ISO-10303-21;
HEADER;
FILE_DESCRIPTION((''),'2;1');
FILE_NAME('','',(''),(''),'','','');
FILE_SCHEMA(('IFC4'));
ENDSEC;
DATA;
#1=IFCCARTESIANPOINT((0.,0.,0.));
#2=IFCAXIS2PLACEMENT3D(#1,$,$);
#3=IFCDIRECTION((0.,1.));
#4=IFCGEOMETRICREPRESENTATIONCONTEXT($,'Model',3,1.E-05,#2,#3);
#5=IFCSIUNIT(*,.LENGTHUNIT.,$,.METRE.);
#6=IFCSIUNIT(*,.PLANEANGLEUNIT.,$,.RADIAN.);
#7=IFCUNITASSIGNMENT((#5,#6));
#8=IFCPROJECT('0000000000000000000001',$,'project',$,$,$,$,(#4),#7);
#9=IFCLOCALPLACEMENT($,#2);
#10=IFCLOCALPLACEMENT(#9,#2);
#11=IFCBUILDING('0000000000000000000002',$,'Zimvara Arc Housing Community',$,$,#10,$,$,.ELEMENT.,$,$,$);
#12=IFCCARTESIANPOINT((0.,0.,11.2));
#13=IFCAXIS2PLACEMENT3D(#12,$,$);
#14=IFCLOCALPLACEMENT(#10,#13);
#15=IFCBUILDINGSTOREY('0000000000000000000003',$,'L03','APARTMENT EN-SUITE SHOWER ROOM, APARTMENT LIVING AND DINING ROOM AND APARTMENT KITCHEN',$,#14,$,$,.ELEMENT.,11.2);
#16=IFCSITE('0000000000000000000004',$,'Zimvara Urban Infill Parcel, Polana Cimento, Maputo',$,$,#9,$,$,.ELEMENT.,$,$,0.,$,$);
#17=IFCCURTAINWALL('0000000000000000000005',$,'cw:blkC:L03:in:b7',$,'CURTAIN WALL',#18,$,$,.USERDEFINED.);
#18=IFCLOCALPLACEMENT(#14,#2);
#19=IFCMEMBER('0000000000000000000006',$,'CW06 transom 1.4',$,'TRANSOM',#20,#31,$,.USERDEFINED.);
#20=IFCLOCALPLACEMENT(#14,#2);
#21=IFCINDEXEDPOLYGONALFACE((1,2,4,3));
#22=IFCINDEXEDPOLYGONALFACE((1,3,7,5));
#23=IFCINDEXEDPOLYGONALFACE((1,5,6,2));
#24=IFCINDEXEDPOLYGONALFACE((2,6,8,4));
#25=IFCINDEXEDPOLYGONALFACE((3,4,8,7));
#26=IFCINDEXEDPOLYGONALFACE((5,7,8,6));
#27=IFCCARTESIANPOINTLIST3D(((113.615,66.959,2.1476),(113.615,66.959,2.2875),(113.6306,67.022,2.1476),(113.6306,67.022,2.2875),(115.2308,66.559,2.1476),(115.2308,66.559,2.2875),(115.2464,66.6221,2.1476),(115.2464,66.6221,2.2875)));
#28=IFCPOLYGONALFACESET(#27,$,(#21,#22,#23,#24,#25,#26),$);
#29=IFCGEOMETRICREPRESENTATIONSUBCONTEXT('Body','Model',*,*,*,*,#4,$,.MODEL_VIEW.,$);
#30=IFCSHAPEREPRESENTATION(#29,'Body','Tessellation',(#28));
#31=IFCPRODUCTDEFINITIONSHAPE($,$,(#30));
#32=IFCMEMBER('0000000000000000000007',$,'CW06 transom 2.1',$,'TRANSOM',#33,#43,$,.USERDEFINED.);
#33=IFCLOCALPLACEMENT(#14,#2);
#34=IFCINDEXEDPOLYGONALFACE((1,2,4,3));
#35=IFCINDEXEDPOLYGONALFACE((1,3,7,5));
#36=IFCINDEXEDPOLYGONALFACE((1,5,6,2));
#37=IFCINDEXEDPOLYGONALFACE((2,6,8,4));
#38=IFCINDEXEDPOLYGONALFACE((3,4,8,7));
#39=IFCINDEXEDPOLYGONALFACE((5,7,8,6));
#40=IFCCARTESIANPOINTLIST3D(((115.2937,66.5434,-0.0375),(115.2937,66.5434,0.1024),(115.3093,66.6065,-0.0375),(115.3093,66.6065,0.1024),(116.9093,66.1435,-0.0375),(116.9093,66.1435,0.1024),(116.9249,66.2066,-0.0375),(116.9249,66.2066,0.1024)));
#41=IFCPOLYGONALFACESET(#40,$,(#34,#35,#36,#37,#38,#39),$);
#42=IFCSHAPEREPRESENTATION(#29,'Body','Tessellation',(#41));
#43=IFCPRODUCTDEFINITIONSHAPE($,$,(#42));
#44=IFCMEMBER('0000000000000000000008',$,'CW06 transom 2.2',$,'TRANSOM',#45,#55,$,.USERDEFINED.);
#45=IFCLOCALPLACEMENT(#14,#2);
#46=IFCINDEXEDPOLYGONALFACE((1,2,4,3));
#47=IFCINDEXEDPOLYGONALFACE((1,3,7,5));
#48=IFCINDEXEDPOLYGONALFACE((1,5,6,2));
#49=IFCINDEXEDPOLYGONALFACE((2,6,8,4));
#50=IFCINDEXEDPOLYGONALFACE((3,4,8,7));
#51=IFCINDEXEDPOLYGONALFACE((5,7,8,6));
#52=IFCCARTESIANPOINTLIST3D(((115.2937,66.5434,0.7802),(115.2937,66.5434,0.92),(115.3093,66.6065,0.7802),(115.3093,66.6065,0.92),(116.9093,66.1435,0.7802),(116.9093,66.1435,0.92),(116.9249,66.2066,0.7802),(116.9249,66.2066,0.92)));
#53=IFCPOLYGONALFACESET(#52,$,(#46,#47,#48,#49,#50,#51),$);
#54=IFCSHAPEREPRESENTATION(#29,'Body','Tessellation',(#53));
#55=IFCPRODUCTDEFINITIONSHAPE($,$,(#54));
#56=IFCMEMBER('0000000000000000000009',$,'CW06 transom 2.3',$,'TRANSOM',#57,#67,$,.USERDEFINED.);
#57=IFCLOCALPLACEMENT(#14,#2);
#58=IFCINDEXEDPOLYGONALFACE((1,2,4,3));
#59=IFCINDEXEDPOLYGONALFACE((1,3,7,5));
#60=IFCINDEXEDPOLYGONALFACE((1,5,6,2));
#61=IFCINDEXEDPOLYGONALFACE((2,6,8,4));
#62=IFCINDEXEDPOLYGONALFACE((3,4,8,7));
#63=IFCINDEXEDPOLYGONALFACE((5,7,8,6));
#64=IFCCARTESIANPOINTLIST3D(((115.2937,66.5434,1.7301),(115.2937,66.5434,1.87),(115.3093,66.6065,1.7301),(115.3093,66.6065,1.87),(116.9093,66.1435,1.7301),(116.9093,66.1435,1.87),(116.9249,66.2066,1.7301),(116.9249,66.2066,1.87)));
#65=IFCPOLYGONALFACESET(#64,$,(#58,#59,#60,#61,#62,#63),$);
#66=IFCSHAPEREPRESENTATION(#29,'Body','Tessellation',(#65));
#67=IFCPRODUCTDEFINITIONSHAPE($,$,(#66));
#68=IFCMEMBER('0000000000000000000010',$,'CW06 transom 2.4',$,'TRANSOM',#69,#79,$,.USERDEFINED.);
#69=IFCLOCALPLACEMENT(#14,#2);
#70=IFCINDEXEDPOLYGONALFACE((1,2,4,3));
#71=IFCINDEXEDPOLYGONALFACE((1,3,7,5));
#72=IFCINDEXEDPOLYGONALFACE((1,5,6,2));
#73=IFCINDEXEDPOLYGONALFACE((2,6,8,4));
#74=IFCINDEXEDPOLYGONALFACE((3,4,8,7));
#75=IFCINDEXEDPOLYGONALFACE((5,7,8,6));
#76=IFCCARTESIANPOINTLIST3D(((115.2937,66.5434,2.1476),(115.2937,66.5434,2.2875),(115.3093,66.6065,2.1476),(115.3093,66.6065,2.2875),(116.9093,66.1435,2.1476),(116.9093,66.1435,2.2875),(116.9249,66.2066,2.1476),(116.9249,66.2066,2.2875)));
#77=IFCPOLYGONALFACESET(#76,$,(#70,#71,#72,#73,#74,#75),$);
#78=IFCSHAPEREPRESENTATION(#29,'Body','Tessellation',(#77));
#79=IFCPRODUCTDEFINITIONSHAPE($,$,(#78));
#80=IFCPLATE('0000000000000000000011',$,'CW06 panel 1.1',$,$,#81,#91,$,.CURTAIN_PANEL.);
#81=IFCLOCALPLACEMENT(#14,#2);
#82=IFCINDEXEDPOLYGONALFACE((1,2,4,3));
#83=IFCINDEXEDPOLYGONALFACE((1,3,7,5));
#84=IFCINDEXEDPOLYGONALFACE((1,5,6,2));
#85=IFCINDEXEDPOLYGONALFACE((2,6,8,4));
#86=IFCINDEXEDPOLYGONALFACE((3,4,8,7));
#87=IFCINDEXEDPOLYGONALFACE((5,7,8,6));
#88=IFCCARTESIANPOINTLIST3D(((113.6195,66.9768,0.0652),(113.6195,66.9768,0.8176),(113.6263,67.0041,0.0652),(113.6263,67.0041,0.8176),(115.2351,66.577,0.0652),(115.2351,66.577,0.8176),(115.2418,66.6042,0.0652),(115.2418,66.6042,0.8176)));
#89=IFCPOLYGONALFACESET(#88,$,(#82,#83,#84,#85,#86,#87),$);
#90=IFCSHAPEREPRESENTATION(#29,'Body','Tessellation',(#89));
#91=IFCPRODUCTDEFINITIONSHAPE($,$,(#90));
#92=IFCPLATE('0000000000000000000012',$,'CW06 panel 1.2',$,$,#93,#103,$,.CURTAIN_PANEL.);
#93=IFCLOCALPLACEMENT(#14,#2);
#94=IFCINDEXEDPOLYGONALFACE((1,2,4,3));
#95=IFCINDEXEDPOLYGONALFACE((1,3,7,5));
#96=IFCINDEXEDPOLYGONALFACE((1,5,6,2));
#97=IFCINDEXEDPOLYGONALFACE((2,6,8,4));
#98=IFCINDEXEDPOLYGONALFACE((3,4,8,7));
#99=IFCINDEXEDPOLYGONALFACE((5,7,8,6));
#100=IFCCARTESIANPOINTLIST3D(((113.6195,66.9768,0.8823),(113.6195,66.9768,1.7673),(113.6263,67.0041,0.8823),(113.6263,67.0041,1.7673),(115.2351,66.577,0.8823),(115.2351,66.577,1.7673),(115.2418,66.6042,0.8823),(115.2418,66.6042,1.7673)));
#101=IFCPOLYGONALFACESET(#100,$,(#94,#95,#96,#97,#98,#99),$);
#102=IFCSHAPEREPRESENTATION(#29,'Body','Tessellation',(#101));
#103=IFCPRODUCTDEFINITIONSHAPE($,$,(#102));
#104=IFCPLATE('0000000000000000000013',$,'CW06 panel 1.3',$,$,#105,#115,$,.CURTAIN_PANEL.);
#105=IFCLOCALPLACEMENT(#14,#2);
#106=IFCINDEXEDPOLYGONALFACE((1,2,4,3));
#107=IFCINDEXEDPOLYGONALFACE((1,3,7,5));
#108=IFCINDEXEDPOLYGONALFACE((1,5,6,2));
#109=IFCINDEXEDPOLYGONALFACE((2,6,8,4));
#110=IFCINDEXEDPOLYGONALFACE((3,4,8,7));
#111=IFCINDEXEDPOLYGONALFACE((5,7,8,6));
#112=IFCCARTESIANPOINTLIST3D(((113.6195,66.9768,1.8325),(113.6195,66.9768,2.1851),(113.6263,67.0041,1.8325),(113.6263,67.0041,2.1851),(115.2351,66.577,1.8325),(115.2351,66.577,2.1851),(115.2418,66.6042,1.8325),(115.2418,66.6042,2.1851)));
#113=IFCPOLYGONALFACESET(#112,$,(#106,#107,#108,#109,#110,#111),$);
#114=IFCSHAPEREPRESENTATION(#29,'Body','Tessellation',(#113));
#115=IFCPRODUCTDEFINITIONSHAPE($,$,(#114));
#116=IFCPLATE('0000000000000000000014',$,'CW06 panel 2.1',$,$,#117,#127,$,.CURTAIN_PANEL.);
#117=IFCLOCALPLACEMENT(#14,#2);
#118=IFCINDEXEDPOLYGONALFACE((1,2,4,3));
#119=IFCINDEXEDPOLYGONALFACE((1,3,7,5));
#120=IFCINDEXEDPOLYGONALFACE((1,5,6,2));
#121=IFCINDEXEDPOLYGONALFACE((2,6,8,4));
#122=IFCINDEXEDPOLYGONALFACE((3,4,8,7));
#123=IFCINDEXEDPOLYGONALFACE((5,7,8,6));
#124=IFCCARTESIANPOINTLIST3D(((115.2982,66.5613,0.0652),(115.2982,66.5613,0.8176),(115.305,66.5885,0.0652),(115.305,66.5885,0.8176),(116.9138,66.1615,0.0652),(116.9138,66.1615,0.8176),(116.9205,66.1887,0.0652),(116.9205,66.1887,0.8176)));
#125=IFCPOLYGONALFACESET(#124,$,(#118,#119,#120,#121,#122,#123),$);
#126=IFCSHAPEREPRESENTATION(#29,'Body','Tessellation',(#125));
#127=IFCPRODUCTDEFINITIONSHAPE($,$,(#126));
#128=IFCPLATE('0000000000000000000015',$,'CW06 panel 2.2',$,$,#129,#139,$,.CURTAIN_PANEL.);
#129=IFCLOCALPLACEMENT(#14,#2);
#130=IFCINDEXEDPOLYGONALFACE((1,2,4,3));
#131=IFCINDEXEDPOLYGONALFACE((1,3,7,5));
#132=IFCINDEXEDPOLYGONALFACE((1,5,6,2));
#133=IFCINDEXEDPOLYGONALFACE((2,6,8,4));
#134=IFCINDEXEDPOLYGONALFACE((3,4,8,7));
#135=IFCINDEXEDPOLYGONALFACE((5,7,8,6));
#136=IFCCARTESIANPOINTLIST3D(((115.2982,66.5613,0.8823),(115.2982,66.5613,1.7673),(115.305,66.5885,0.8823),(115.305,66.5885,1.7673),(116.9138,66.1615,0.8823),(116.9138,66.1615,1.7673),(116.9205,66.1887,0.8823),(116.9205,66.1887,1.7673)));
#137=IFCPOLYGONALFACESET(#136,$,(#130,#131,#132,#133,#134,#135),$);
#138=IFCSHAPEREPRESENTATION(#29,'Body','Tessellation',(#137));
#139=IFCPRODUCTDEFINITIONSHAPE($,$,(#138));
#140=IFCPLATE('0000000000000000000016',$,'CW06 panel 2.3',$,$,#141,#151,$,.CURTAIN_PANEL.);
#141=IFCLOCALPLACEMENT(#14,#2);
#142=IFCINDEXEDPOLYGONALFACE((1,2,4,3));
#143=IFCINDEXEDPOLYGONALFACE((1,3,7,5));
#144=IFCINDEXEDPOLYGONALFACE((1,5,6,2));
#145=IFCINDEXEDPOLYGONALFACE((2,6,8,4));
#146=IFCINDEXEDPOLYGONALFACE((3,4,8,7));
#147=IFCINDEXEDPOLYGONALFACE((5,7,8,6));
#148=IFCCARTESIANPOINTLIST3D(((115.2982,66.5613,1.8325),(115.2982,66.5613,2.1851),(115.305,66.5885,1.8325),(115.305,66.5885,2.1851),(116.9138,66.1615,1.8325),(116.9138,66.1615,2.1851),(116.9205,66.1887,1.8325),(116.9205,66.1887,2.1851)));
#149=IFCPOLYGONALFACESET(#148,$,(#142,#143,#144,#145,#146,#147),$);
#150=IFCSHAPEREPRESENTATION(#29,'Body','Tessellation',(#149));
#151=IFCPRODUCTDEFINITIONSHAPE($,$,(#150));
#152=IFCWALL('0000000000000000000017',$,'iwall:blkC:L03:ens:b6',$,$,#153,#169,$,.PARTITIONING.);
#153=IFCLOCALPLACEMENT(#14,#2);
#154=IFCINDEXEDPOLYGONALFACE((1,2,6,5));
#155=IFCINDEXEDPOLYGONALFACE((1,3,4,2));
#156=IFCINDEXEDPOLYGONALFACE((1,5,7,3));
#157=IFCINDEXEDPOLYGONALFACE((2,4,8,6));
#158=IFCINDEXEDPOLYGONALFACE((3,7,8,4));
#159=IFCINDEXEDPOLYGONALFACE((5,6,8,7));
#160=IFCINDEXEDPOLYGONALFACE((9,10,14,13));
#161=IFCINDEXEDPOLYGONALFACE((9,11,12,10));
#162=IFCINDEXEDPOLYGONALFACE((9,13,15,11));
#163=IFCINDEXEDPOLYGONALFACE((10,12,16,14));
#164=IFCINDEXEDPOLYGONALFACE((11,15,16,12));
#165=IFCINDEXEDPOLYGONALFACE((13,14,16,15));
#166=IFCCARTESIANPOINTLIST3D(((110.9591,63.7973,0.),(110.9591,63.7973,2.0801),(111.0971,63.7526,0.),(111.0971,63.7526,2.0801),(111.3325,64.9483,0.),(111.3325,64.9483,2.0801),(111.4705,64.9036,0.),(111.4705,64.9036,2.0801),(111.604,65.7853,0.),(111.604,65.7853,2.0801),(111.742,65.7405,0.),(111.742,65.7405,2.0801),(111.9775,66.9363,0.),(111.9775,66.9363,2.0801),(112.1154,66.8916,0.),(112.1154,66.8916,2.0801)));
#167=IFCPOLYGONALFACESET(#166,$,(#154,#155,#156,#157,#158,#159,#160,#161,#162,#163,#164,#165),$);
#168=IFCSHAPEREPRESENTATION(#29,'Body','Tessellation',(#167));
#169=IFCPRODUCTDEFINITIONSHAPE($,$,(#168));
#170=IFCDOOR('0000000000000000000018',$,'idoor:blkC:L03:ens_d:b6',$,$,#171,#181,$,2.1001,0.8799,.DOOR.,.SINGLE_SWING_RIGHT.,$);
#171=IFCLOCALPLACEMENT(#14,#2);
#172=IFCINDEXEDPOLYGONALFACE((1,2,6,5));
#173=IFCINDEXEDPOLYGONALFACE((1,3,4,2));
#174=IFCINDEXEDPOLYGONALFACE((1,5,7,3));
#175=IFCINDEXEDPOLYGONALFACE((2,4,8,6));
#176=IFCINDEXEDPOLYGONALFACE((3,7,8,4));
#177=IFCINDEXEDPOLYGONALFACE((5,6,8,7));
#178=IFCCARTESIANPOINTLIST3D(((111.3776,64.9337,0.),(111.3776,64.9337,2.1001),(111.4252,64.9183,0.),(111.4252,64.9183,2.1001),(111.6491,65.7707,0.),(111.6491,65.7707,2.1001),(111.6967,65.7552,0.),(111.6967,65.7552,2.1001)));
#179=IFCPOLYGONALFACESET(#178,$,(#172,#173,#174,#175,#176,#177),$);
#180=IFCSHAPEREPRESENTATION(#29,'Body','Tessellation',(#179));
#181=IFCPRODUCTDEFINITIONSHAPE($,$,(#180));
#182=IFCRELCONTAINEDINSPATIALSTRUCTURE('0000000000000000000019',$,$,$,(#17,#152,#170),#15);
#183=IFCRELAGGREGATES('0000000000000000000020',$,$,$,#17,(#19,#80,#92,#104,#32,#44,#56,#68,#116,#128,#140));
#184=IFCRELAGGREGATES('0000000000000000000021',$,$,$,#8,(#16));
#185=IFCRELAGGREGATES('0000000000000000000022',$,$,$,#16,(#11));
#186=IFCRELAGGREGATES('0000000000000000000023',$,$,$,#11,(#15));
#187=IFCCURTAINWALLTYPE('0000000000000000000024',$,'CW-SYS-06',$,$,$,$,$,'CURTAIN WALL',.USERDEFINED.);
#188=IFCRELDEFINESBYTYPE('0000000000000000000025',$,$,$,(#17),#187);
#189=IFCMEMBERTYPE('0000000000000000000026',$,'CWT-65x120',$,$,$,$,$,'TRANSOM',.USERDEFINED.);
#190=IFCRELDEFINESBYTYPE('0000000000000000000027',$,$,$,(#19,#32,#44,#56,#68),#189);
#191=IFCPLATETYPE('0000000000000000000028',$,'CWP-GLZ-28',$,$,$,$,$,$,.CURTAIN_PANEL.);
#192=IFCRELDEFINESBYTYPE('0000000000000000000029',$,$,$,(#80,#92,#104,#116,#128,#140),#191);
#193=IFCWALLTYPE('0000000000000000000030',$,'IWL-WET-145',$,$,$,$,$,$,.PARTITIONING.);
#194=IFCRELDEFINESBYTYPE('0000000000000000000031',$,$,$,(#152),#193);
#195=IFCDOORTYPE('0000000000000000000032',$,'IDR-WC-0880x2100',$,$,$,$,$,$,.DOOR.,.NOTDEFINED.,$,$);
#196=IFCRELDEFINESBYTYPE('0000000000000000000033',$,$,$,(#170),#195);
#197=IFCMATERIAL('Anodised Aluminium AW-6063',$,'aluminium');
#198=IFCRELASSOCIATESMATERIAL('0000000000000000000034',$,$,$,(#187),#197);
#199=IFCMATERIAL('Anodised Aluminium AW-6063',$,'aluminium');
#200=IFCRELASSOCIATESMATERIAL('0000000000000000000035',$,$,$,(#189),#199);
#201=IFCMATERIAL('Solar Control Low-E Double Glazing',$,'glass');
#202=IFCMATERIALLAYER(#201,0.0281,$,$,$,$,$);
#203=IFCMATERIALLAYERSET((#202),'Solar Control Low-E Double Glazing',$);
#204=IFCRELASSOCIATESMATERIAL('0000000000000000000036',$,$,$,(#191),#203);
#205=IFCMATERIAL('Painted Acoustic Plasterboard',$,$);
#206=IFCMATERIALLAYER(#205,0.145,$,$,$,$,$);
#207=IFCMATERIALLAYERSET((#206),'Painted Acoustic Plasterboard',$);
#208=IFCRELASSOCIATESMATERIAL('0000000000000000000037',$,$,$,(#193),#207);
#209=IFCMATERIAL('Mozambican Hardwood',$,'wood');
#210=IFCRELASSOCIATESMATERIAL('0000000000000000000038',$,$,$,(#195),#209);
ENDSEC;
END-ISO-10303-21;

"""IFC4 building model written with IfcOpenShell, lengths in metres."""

from ifc_helpers import new_model, si_unit, direction, frame, frame_2d, origin, origin_2d, place, context, subcontext, project, spatial, rectangle, extrude, material, layer, layer_set, material_profile, profile_set, type_object, element, fill, aggregate, save


model = new_model("IFC4")

# Units and contexts
model_context = context("Model", 3, precision=1e-05, world=origin(), true_north=direction((0.0, 1.0)))
body_context = subcontext(model_context, "Body", "Model", "MODEL_VIEW")
ifc_project = project(units=[si_unit("LENGTHUNIT", "METRE"), si_unit("PLANEANGLEUNIT", "RADIAN")], contexts=[model_context])

# Site, building, storey
site_placement = place(None, origin())
site = spatial("IfcSite", under=ifc_project, at=site_placement, Name="Zimvara Urban Infill Parcel, Polana Cimento, Maputo", CompositionType="ELEMENT", RefElevation=0.0)
building_placement = place(site_placement, origin())
building = spatial("IfcBuilding", under=site, at=building_placement, Name="Zimvara Arc Housing Community", CompositionType="ELEMENT")
storey_placement = place(building_placement, frame((0.0, 0.0, 11.2)))
storey = spatial("IfcBuildingStorey", under=building, at=storey_placement, Name="L03", Description="APARTMENT EN-SUITE SHOWER ROOM, APARTMENT LIVING AND DINING ROOM AND APARTMENT KITCHEN", CompositionType="ELEMENT", Elevation=11.2)

# Curtain wall, members, plates
ifc_material_1 = material(Name="Anodised Aluminium AW-6063", Category="aluminium")
curtain_wall_type = type_object("IfcCurtainWallType", Name="CW-SYS-06", ElementType="CURTAIN WALL", PredefinedType="USERDEFINED", material=ifc_material_1)
curtain_wall_placement = place(storey_placement, origin())
curtain_wall = element("IfcCurtainWall", 1, at=curtain_wall_placement, inside=storey, type_object=curtain_wall_type, Name="cw:blkC:L03:in:b7", ObjectType="CURTAIN WALL", PredefinedType="USERDEFINED")
ifc_material_2 = material(Name="Anodised Aluminium AW-6063", Category="aluminium")
ifc_material_profile_1 = material_profile(ifc_material_2, rectangle(XDim=0.0649, YDim=0.1399, at=origin_2d()), Name="ALU 65x140")
ifc_profile_set_1 = profile_set([ifc_material_profile_1], Name="Anodised Aluminium AW-6063")
member_type_1 = type_object("IfcMemberType", Name="CWT-65x120", ElementType="TRANSOM", PredefinedType="USERDEFINED", material=ifc_profile_set_1)
member_1_placement = place(storey_placement, frame((113.6228, 66.9905, 2.2175), z_axis=(0.970709, -0.240257, 0.0), x_axis=(0.240257, 0.970709, 0.0)))
member_1 = element("IfcMember", 2, at=member_1_placement, type_object=member_type_1, Name="CW06 transom 1.4", ObjectType="TRANSOM", PredefinedType="USERDEFINED", context=body_context, shape_type="SweptSolid", body=[
    extrude(rectangle(XDim=0.0649, YDim=0.1399, at=origin_2d()), origin(), (0.0, 0.0, 1.0), 1.6646),
])
member_2_placement = place(storey_placement, frame((115.3015, 66.575, 0.0325), z_axis=(0.970701, -0.240291, 0.0), x_axis=(0.240291, 0.970701, 0.0)))
member_2 = element("IfcMember", 3, at=member_2_placement, type_object=member_type_1, Name="CW06 transom 2.1", ObjectType="TRANSOM", PredefinedType="USERDEFINED", context=body_context, shape_type="SweptSolid", body=[
    extrude(rectangle(XDim=0.0649, YDim=0.1399, at=origin_2d()), origin(), (0.0, 0.0, 1.0), 1.6643),
])
member_3_placement = place(storey_placement, frame((115.3015, 66.575, 0.8501), z_axis=(0.970701, -0.240291, 0.0), x_axis=(0.240291, 0.970701, 0.0)))
member_3 = element("IfcMember", 4, at=member_3_placement, type_object=member_type_1, Name="CW06 transom 2.2", ObjectType="TRANSOM", PredefinedType="USERDEFINED", context=body_context, shape_type="SweptSolid", body=[
    extrude(rectangle(XDim=0.0649, YDim=0.1399, at=origin_2d()), origin(), (0.0, 0.0, 1.0), 1.6643),
])
member_4_placement = place(storey_placement, frame((115.3015, 66.575, 1.8), z_axis=(0.970701, -0.240291, 0.0), x_axis=(0.240291, 0.970701, 0.0)))
member_4 = element("IfcMember", 5, at=member_4_placement, type_object=member_type_1, Name="CW06 transom 2.3", ObjectType="TRANSOM", PredefinedType="USERDEFINED", context=body_context, shape_type="SweptSolid", body=[
    extrude(rectangle(XDim=0.0649, YDim=0.1399, at=origin_2d()), origin(), (0.0, 0.0, 1.0), 1.6643),
])
member_5_placement = place(storey_placement, frame((115.3015, 66.575, 2.2175), z_axis=(0.970701, -0.240291, 0.0), x_axis=(0.240291, 0.970701, 0.0)))
member_5 = element("IfcMember", 6, at=member_5_placement, type_object=member_type_1, Name="CW06 transom 2.4", ObjectType="TRANSOM", PredefinedType="USERDEFINED", context=body_context, shape_type="SweptSolid", body=[
    extrude(rectangle(XDim=0.0649, YDim=0.1399, at=origin_2d()), origin(), (0.0, 0.0, 1.0), 1.6643),
])
ifc_material_3 = material(Name="Solar Control Low-E Double Glazing", Category="glass")
ifc_layer_1 = layer(ifc_material_3, 0.0281)
ifc_layer_set_1 = layer_set([ifc_layer_1], Name="Solar Control Low-E Double Glazing")
plate_type = type_object("IfcPlateType", Name="CWP-GLZ-28", PredefinedType="CURTAIN_PANEL", material=ifc_layer_set_1)
plate_1_placement = place(storey_placement, frame((114.4307, 66.7905, 0.0652), z_axis=(0.0, 0.0, 1.0), x_axis=(0.970717, -0.240228, 0.0)))
plate_1 = element("IfcPlate", 7, at=plate_1_placement, type_object=plate_type, Name="CW06 panel 1.1", PredefinedType="CURTAIN_PANEL", context=body_context, shape_type="SweptSolid", body=[
    extrude(rectangle(XDim=1.6643, YDim=0.0281, at=origin_2d()), origin(), (0.0, 0.0, 1.0), 0.7524),
])
plate_2_placement = place(storey_placement, frame((114.4307, 66.7905, 0.8823), z_axis=(0.0, 0.0, 1.0), x_axis=(0.970717, -0.240228, 0.0)))
plate_2 = element("IfcPlate", 8, at=plate_2_placement, type_object=plate_type, Name="CW06 panel 1.2", PredefinedType="CURTAIN_PANEL", context=body_context, shape_type="SweptSolid", body=[
    extrude(rectangle(XDim=1.6643, YDim=0.0281, at=origin_2d()), origin(), (0.0, 0.0, 1.0), 0.885),
])
plate_3_placement = place(storey_placement, frame((114.4307, 66.7905, 1.8325), z_axis=(0.0, 0.0, 1.0), x_axis=(0.970717, -0.240228, 0.0)))
plate_3 = element("IfcPlate", 9, at=plate_3_placement, type_object=plate_type, Name="CW06 panel 1.3", PredefinedType="CURTAIN_PANEL", context=body_context, shape_type="SweptSolid", body=[
    extrude(rectangle(XDim=1.6643, YDim=0.0281, at=origin_2d()), origin(), (0.0, 0.0, 1.0), 0.3525),
])
plate_4_placement = place(storey_placement, frame((116.1094, 66.375, 0.0652), z_axis=(0.0, 0.0, 1.0), x_axis=(0.970717, -0.240228, 0.0)))
plate_4 = element("IfcPlate", 10, at=plate_4_placement, type_object=plate_type, Name="CW06 panel 2.1", PredefinedType="CURTAIN_PANEL", context=body_context, shape_type="SweptSolid", body=[
    extrude(rectangle(XDim=1.6643, YDim=0.0281, at=origin_2d()), origin(), (0.0, 0.0, 1.0), 0.7524),
])
plate_5_placement = place(storey_placement, frame((116.1094, 66.375, 0.8823), z_axis=(0.0, 0.0, 1.0), x_axis=(0.970717, -0.240228, 0.0)))
plate_5 = element("IfcPlate", 11, at=plate_5_placement, type_object=plate_type, Name="CW06 panel 2.2", PredefinedType="CURTAIN_PANEL", context=body_context, shape_type="SweptSolid", body=[
    extrude(rectangle(XDim=1.6643, YDim=0.0281, at=origin_2d()), origin(), (0.0, 0.0, 1.0), 0.885),
])
plate_6_placement = place(storey_placement, frame((116.1094, 66.375, 1.8325), z_axis=(0.0, 0.0, 1.0), x_axis=(0.970717, -0.240228, 0.0)))
plate_6 = element("IfcPlate", 12, at=plate_6_placement, type_object=plate_type, Name="CW06 panel 2.3", PredefinedType="CURTAIN_PANEL", context=body_context, shape_type="SweptSolid", body=[
    extrude(rectangle(XDim=1.6643, YDim=0.0281, at=origin_2d()), origin(), (0.0, 0.0, 1.0), 0.3525),
])
aggregate(curtain_wall, [member_1, plate_1, plate_2, plate_3, member_2, member_3, member_4, member_5, plate_4, plate_5, plate_6])

# Wall, opening, door
ifc_material_4 = material(Name="Painted Acoustic Plasterboard")
ifc_layer_2 = layer(ifc_material_4, 0.145)
ifc_layer_set_2 = layer_set([ifc_layer_2], Name="Painted Acoustic Plasterboard")
wall_type_1 = type_object("IfcWallType", Name="IWL-WET-145", PredefinedType="PARTITIONING", material=ifc_layer_set_2)
wall_1_placement = place(storey_placement, frame((112.0464, 66.9138, 0.0), z_axis=(0.0, 0.0, 1.0), x_axis=(-0.308582, -0.951198, 0.0)))
wall_1 = element("IfcWall", 13, at=wall_1_placement, inside=storey, type_object=wall_type_1, Name="iwall:blkC:L03:ens:b6", PredefinedType="PARTITIONING", context=body_context, shape_type="SweptSolid", body=[
    extrude(rectangle(XDim=3.3, YDim=0.145, at=frame_2d((1.6499, 0.0))), origin(), (0.0, 0.0, 1.0), 2.0801),
])
opening_1_placement = place(wall_1_placement, frame((1.21, 0.0, 0.0)))
opening_1 = element("IfcOpeningElement", 14, at=opening_1_placement, cuts=wall_1, PredefinedType="OPENING", context=body_context, shape_type="SweptSolid", body=[
    extrude(rectangle(XDim=0.8799, YDim=2.1001, at=frame_2d((0.4399, 1.05))), frame((0.0, 0.0825, 0.0), z_axis=(0.0, -1.0, 0.0), x_axis=(1.0, 0.0, 0.0)), (0.0, 0.0, 1.0), 0.165),
])
ifc_material_5 = material(Name="Mozambican Hardwood", Category="wood")
door_type_1 = type_object("IfcDoorType", Name="IDR-WC-0880x2100", OperationType="NOTDEFINED", PredefinedType="DOOR", material=ifc_material_5)
door_1_placement = place(opening_1_placement, origin())
door_1 = element("IfcDoor", 15, at=door_1_placement, inside=storey, type_object=door_type_1, Name="idoor:blkC:L03:ens_d:b6", OperationType="SINGLE_SWING_RIGHT", OverallHeight=2.1001, OverallWidth=0.8799, PredefinedType="DOOR", context=body_context, shape_type="SweptSolid", body=[
    extrude(rectangle(XDim=0.8799, YDim=2.1001, at=frame_2d((0.4399, 1.05))), frame((0.0, 0.0249, 0.0), z_axis=(0.0, -1.0, 0.0), x_axis=(1.0, 0.0, 0.0)), (0.0, 0.0, 1.0), 0.05),
])
fill(opening_1, door_1)

save(model, "model.ifc")
